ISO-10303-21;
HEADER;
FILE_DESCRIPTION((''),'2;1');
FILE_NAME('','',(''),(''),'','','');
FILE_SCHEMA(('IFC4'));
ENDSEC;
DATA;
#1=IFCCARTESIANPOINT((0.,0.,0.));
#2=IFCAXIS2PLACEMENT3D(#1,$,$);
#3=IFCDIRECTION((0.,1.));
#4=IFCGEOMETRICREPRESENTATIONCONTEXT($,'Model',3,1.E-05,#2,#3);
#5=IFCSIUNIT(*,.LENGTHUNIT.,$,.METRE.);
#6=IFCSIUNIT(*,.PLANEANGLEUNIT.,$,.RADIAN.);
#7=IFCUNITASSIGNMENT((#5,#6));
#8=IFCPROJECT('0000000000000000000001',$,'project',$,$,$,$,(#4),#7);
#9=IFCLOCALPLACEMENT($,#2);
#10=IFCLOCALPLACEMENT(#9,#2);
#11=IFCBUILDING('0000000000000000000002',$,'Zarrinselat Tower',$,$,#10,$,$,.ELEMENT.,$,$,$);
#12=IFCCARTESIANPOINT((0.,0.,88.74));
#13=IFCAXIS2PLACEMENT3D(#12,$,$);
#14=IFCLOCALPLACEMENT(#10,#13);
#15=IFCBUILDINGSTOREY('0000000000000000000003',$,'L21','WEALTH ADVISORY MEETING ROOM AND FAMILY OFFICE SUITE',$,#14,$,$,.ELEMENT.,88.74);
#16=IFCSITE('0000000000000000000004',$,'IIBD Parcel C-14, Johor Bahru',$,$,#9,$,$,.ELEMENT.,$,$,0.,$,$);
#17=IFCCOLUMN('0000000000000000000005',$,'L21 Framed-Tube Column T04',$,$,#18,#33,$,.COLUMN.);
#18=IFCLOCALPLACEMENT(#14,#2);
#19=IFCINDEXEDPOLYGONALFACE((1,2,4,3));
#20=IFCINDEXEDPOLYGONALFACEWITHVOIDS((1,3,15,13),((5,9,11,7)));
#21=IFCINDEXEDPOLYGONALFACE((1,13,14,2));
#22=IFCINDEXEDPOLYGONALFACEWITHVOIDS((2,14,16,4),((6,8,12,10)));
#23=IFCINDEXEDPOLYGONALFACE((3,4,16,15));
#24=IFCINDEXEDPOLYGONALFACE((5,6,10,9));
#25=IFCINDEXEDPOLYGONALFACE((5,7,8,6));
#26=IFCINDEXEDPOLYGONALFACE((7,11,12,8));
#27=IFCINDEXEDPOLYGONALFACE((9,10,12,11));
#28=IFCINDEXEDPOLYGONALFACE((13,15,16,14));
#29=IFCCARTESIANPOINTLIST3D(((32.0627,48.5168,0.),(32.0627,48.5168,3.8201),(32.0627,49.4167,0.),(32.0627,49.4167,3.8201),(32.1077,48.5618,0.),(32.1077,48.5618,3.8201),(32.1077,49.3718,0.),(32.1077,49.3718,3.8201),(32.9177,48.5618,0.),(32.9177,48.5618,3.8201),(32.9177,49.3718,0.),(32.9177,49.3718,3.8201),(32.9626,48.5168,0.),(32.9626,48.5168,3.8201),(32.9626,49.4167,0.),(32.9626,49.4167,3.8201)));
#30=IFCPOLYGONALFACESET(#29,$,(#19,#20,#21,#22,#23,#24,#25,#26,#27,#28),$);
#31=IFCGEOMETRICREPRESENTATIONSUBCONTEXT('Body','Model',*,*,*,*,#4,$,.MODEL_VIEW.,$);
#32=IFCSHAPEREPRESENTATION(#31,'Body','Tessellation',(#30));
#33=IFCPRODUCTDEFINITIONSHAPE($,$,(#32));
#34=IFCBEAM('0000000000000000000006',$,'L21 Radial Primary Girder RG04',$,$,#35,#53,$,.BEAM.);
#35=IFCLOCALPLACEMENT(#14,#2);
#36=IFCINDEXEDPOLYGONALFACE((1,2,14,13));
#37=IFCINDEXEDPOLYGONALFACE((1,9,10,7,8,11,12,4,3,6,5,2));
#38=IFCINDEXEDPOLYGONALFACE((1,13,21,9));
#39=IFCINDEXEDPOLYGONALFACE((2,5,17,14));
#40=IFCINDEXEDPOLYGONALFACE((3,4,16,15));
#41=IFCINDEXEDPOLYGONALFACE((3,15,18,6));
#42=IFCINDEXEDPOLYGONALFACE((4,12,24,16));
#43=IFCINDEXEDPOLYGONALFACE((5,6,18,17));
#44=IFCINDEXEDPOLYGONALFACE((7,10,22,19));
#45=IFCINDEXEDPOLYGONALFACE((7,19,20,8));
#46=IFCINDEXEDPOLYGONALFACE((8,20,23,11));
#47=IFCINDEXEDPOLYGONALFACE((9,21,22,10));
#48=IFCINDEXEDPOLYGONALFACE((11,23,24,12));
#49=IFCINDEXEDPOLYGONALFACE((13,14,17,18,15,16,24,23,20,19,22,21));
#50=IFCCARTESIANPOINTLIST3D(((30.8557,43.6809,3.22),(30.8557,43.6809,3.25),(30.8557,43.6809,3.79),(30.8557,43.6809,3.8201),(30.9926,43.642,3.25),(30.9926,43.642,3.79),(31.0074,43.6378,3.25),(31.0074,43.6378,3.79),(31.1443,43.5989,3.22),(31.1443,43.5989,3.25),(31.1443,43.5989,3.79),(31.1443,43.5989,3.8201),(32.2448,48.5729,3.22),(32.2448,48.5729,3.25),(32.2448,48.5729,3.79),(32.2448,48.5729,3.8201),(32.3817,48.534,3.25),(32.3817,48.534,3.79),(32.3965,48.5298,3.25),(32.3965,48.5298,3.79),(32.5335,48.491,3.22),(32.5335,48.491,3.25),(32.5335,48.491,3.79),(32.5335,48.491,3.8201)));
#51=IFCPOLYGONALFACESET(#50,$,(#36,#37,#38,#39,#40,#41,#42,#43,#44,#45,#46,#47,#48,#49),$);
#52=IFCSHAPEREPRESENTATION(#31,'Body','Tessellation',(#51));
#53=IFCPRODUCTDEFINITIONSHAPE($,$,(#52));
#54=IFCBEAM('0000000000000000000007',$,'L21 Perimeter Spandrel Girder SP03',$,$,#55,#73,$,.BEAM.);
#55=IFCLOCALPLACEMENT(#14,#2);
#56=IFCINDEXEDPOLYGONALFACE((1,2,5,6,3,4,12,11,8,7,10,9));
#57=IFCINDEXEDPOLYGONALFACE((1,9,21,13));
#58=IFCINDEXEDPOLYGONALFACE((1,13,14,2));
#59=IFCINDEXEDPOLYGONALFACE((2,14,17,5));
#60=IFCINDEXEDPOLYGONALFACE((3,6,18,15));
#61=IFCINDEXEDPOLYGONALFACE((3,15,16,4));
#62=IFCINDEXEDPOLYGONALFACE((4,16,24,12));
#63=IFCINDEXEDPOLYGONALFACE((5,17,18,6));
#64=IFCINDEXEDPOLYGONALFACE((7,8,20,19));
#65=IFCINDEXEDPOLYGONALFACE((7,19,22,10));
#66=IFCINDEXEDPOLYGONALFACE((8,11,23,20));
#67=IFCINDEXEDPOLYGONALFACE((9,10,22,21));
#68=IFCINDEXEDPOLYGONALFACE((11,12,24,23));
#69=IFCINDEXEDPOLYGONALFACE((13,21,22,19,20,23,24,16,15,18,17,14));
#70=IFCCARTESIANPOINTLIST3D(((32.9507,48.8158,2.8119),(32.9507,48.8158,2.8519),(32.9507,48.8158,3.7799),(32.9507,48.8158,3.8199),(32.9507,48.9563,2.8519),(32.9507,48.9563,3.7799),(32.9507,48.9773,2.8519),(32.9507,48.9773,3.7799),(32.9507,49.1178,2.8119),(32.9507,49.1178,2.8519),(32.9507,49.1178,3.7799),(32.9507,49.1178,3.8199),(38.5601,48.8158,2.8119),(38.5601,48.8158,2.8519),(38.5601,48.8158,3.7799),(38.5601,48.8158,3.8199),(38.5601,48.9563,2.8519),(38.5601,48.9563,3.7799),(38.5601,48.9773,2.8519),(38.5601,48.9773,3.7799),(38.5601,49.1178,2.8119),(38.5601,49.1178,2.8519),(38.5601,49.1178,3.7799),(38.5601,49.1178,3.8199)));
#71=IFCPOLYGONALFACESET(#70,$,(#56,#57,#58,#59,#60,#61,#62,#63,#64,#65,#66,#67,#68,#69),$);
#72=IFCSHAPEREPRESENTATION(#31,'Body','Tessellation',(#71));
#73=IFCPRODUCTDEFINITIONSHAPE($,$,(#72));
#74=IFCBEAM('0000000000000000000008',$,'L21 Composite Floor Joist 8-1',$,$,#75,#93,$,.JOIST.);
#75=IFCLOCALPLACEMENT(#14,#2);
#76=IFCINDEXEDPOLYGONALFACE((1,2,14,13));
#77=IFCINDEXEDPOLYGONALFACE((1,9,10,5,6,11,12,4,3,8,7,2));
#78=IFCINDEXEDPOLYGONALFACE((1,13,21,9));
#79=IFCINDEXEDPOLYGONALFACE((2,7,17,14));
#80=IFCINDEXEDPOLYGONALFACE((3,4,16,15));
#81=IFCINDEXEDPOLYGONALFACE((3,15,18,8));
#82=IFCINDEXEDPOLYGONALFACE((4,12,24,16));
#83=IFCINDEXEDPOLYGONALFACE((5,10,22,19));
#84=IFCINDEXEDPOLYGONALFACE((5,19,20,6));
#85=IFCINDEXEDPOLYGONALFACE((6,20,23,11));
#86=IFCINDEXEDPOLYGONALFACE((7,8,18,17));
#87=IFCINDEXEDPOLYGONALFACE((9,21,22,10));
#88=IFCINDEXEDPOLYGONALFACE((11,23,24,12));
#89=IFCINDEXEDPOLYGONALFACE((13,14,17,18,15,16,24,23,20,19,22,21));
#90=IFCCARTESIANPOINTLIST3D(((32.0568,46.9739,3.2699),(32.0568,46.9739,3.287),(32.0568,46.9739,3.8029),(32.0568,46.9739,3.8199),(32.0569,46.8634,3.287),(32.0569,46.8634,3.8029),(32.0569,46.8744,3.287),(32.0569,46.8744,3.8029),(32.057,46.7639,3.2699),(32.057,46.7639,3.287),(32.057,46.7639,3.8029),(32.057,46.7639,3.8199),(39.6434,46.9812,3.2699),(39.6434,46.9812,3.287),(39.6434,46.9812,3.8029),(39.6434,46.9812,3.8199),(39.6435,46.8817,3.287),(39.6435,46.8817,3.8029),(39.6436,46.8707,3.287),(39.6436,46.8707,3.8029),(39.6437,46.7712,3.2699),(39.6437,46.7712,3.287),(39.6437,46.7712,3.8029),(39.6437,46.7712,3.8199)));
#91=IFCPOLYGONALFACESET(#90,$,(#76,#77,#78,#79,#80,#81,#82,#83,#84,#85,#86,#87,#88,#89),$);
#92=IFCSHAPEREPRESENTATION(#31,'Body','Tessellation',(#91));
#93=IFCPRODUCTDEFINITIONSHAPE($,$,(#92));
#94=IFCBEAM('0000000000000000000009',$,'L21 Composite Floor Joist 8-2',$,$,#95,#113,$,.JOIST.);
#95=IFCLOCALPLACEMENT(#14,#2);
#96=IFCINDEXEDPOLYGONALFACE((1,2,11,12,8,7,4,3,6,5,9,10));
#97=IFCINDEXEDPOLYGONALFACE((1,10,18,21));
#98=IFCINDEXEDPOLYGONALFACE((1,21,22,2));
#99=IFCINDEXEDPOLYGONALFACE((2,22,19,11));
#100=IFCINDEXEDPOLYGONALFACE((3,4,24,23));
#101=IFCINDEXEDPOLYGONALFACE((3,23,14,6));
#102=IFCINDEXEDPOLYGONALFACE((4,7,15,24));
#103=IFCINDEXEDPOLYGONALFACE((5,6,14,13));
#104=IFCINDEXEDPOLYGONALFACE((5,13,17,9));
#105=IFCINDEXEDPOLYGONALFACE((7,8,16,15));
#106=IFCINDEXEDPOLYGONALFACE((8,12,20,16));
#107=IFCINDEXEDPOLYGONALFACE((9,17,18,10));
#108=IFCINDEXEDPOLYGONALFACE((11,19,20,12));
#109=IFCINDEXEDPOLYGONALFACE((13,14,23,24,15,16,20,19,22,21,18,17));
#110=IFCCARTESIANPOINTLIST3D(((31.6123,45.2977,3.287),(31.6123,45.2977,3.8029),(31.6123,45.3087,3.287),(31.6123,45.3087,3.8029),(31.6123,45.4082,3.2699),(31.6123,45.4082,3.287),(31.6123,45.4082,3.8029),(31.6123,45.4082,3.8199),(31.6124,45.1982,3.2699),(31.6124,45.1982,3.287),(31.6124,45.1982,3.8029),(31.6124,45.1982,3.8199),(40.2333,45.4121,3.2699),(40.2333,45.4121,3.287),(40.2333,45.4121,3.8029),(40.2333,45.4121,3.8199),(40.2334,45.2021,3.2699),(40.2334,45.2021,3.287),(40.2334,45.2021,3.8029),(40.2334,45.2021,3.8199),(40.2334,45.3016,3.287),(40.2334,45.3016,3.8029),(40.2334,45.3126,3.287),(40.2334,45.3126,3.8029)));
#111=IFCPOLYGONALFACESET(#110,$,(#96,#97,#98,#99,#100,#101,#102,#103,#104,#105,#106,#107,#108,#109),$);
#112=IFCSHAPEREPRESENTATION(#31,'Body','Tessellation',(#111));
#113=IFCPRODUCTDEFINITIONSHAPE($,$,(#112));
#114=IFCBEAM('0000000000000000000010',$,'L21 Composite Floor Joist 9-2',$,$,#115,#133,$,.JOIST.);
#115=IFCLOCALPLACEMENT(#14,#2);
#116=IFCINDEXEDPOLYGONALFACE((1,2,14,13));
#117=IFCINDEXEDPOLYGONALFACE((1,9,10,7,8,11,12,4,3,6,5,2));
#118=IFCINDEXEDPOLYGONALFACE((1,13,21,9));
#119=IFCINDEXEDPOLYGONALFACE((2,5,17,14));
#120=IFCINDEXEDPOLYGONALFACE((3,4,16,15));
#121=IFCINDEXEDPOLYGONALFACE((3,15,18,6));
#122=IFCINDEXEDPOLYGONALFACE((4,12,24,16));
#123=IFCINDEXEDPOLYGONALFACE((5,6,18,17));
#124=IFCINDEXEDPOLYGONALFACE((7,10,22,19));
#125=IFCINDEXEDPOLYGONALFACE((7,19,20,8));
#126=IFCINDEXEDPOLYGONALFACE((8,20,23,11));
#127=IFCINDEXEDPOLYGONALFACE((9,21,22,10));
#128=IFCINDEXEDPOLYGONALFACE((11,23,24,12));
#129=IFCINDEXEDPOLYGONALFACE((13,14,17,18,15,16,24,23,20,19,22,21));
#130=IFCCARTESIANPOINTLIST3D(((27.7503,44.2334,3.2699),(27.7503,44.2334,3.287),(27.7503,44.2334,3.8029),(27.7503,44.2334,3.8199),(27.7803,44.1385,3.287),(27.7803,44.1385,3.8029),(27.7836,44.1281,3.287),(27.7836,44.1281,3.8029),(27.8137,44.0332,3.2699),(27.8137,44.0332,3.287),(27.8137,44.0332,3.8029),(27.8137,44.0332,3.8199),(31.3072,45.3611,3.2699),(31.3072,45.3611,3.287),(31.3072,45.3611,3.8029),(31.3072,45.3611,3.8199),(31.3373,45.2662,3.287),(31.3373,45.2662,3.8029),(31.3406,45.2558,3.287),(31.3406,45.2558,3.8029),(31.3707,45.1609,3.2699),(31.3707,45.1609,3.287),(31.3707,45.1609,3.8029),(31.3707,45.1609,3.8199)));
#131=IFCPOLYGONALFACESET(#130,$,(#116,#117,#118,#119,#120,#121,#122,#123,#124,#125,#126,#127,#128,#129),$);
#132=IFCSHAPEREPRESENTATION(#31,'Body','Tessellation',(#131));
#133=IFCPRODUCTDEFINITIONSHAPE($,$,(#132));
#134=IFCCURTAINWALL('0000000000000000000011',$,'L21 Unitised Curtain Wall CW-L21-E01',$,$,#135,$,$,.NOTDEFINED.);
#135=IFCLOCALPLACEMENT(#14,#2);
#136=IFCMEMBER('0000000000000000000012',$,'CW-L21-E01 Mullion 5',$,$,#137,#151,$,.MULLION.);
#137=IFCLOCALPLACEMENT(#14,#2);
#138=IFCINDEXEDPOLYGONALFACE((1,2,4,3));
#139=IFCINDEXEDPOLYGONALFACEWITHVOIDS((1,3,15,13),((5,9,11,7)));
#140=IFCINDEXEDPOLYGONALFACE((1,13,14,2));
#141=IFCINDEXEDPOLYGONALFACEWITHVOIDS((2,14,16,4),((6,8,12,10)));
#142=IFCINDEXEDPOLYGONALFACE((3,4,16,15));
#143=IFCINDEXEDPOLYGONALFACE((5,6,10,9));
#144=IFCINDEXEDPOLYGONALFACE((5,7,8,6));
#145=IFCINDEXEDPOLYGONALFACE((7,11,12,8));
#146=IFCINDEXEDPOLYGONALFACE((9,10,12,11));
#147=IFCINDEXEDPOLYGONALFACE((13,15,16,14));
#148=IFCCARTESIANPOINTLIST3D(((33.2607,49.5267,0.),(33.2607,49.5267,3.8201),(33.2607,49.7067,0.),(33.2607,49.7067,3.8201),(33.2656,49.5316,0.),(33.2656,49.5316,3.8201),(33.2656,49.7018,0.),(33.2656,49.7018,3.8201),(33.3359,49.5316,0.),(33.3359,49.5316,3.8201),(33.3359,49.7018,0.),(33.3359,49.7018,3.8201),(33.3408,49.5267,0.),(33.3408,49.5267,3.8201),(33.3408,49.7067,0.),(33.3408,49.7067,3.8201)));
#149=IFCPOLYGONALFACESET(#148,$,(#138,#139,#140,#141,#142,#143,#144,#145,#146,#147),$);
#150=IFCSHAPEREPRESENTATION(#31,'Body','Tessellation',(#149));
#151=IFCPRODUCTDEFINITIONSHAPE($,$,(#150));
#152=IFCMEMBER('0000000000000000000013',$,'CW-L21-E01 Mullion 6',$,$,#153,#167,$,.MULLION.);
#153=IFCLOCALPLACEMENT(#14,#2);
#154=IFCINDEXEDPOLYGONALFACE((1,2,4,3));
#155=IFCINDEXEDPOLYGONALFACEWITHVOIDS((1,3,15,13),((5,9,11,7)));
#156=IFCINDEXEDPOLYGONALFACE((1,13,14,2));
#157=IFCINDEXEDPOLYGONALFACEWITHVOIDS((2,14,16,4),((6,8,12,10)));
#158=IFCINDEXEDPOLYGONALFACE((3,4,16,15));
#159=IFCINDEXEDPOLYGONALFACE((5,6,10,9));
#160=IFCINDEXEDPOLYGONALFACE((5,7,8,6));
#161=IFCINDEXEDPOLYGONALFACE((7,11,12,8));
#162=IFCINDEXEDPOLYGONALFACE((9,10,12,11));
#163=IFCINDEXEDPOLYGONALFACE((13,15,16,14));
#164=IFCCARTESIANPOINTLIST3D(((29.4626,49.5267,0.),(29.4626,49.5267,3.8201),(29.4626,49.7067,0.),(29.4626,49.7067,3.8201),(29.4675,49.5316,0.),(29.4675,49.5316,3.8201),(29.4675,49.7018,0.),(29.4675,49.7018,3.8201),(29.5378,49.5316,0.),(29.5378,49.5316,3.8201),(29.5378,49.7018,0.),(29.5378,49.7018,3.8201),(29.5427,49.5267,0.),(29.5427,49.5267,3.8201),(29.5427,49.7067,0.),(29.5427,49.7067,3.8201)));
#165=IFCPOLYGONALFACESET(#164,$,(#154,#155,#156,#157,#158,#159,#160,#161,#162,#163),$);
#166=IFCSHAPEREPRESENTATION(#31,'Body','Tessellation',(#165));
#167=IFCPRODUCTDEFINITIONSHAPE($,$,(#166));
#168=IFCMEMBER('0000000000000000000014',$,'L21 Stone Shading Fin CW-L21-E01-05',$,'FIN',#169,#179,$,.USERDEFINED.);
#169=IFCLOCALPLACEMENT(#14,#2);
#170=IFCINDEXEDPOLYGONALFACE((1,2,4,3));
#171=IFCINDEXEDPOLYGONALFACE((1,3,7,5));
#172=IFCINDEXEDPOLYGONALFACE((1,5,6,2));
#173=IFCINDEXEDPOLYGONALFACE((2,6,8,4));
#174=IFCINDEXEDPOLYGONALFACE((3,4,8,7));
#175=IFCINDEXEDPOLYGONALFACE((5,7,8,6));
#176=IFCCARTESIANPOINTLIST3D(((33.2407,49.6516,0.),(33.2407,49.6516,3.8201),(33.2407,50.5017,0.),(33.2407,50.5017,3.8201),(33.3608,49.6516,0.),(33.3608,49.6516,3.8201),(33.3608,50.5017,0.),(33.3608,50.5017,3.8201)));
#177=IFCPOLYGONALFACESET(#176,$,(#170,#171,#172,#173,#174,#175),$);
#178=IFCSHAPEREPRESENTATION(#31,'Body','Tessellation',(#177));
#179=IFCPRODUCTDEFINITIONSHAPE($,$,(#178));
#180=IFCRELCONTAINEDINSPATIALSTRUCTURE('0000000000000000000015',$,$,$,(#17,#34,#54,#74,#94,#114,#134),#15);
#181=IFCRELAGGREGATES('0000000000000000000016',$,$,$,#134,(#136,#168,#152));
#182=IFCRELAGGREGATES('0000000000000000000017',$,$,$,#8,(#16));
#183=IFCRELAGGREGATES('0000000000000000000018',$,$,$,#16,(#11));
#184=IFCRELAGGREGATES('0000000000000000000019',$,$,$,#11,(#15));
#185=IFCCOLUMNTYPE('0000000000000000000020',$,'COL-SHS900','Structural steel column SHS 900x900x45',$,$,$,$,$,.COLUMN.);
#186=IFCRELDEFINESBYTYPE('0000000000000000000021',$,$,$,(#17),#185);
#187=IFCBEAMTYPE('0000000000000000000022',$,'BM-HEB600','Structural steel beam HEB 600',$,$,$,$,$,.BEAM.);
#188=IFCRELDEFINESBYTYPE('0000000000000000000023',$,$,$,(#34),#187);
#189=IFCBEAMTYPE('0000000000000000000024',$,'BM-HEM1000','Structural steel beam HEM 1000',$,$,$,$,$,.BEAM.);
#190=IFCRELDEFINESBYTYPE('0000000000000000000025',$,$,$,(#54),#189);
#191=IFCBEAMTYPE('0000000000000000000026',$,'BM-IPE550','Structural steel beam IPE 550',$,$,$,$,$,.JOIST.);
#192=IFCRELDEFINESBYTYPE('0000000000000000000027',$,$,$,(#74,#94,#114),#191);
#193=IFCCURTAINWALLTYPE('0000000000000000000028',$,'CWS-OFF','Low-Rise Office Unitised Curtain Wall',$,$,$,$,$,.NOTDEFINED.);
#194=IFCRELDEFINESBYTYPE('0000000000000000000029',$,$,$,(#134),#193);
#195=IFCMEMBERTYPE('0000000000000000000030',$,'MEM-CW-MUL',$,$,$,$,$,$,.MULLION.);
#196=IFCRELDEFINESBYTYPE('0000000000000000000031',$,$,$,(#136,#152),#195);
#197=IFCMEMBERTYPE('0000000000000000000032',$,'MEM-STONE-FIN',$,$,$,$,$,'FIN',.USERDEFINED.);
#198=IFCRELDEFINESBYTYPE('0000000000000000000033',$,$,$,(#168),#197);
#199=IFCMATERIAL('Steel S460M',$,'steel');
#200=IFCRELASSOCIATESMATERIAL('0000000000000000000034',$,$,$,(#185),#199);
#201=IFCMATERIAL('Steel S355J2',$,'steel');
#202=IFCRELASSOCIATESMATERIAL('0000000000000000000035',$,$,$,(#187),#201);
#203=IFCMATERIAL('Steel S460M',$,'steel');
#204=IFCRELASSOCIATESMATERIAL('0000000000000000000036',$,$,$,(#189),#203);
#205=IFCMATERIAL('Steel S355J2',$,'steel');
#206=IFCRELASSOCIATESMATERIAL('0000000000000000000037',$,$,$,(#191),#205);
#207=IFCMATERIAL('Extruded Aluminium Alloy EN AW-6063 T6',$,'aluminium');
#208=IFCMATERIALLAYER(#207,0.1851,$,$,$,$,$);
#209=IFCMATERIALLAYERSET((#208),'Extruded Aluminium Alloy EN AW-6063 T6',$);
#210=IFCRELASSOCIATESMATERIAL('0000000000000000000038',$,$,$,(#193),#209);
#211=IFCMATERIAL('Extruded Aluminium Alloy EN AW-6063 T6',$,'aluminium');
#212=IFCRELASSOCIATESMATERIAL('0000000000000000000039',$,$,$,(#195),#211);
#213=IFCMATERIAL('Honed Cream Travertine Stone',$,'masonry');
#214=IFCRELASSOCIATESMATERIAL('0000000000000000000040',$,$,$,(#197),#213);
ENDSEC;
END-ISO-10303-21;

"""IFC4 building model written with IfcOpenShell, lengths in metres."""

from ifc_helpers import new_model, si_unit, direction, frame, origin, origin_2d, place, context, subcontext, project, spatial, rectangle, hollow_rectangle, i_section, extrude, material, layer, layer_set, material_profile, profile_set, type_object, element, aggregate, save


model = new_model("IFC4")

# Units and contexts
model_context = context("Model", 3, precision=1e-05, world=origin(), true_north=direction((0.0, 1.0)))
body_context = subcontext(model_context, "Body", "Model", "MODEL_VIEW")
ifc_project = project(units=[si_unit("LENGTHUNIT", "METRE"), si_unit("PLANEANGLEUNIT", "RADIAN")], contexts=[model_context])

# Site, building, storey
site_placement = place(None, origin())
site = spatial("IfcSite", under=ifc_project, at=site_placement, Name="IIBD Parcel C-14, Johor Bahru", CompositionType="ELEMENT", RefElevation=0.0)
building_placement = place(site_placement, origin())
building = spatial("IfcBuilding", under=site, at=building_placement, Name="Zarrinselat Tower", CompositionType="ELEMENT")
storey_placement = place(building_placement, frame((0.0, 0.0, 88.74)))
storey = spatial("IfcBuildingStorey", under=building, at=storey_placement, Name="L21", Description="WEALTH ADVISORY MEETING ROOM AND FAMILY OFFICE SUITE", CompositionType="ELEMENT", Elevation=88.74)

# Column
ifc_material_1 = material(Name="Steel S460M", Category="steel")
ifc_material_profile_1 = material_profile(ifc_material_1, hollow_rectangle(XDim=0.8999, YDim=0.8999, WallThickness=0.0449, at=origin_2d()), Name="SHS 900x900x45")
ifc_profile_set_1 = profile_set([ifc_material_profile_1], Name="Steel S460M")
column_type = type_object("IfcColumnType", Name="COL-SHS900", Description="Structural steel column SHS 900x900x45", PredefinedType="COLUMN", material=ifc_profile_set_1)
column_placement = place(storey_placement, frame((32.5127, 48.9668, 0.0), z_axis=(0.0, 0.0, 1.0), x_axis=(1.0, 0.0, 0.0)))
element("IfcColumn", 1, at=column_placement, inside=storey, type_object=column_type, Name="L21 Framed-Tube Column T04", PredefinedType="COLUMN", context=body_context, shape_type="SweptSolid", body=[
    extrude(hollow_rectangle(XDim=0.8999, YDim=0.8999, WallThickness=0.0449, at=origin_2d()), origin(), (0.0, 0.0, 1.0), 3.8201),
])

# Beams
ifc_material_2 = material(Name="Steel S355J2", Category="steel")
ifc_material_profile_2 = material_profile(ifc_material_2, i_section(OverallWidth=0.3, OverallDepth=0.6001, WebThickness=0.0154, FlangeThickness=0.03, at=origin_2d()), Name="HEB 600")
ifc_profile_set_2 = profile_set([ifc_material_profile_2], Name="Steel S355J2")
beam_type_1 = type_object("IfcBeamType", Name="BM-HEB600", Description="Structural steel beam HEB 600", PredefinedType="BEAM", material=ifc_profile_set_2)
beam_1_placement = place(storey_placement, frame((31.0, 43.6399, 3.52), z_axis=(0.273161, 0.961968, 0.0), x_axis=(-0.961968, 0.273161, 0.0)))
element("IfcBeam", 2, at=beam_1_placement, inside=storey, type_object=beam_type_1, Name="L21 Radial Primary Girder RG04", PredefinedType="BEAM", context=body_context, shape_type="SweptSolid", body=[
    extrude(i_section(OverallWidth=0.3, OverallDepth=0.6001, WebThickness=0.0154, FlangeThickness=0.03, at=origin_2d()), origin(), (0.0, 0.0, 1.0), 5.0854),
])
ifc_material_3 = material(Name="Steel S460M", Category="steel")
ifc_material_profile_3 = material_profile(ifc_material_3, i_section(OverallWidth=0.302, OverallDepth=1.0081, WebThickness=0.021, FlangeThickness=0.04, at=origin_2d()), Name="HEM 1000")
ifc_profile_set_3 = profile_set([ifc_material_profile_3], Name="Steel S460M")
beam_type_2 = type_object("IfcBeamType", Name="BM-HEM1000", Description="Structural steel beam HEM 1000", PredefinedType="BEAM", material=ifc_profile_set_3)
beam_2_placement = place(storey_placement, frame((32.9507, 48.9668, 3.3159), z_axis=(1.0, 0.0, 0.0), x_axis=(0.0, 1.0, 0.0)))
element("IfcBeam", 3, at=beam_2_placement, inside=storey, type_object=beam_type_2, Name="L21 Perimeter Spandrel Girder SP03", PredefinedType="BEAM", context=body_context, shape_type="SweptSolid", body=[
    extrude(i_section(OverallWidth=0.302, OverallDepth=1.0081, WebThickness=0.021, FlangeThickness=0.04, at=origin_2d()), origin(), (0.0, 0.0, 1.0), 5.6094),
])
ifc_material_4 = material(Name="Steel S355J2", Category="steel")
ifc_material_profile_4 = material_profile(ifc_material_4, i_section(OverallWidth=0.21, OverallDepth=0.55, WebThickness=0.011, FlangeThickness=0.0171, at=origin_2d()), Name="IPE 550")
ifc_profile_set_4 = profile_set([ifc_material_profile_4], Name="Steel S355J2")
beam_type_3 = type_object("IfcBeamType", Name="BM-IPE550", Description="Structural steel beam IPE 550", PredefinedType="JOIST", material=ifc_profile_set_4)
beam_3_placement = place(storey_placement, frame((32.0569, 46.8689, 3.5449), z_axis=(1.0, 0.000965, 0.0), x_axis=(-0.000965, 1.0, 0.0)))
element("IfcBeam", 4, at=beam_3_placement, inside=storey, type_object=beam_type_3, Name="L21 Composite Floor Joist 8-1", PredefinedType="JOIST", context=body_context, shape_type="SweptSolid", body=[
    extrude(i_section(OverallWidth=0.21, OverallDepth=0.55, WebThickness=0.011, FlangeThickness=0.0171, at=origin_2d()), origin(), (0.0, 0.0, 1.0), 7.5867),
])
beam_4_placement = place(storey_placement, frame((31.6123, 45.3032, 3.5449), z_axis=(1.0, 0.000453, 0.0), x_axis=(-0.000453, 1.0, 0.0)))
element("IfcBeam", 5, at=beam_4_placement, inside=storey, type_object=beam_type_3, Name="L21 Composite Floor Joist 8-2", PredefinedType="JOIST", context=body_context, shape_type="SweptSolid", body=[
    extrude(i_section(OverallWidth=0.21, OverallDepth=0.55, WebThickness=0.011, FlangeThickness=0.0171, at=origin_2d()), origin(), (0.0, 0.0, 1.0), 8.6211),
])
beam_5_placement = place(storey_placement, frame((27.782, 44.1333, 3.5449), z_axis=(0.953239, 0.302218, 0.0), x_axis=(-0.302218, 0.953239, 0.0)))
element("IfcBeam", 6, at=beam_5_placement, inside=storey, type_object=beam_type_3, Name="L21 Composite Floor Joist 9-2", PredefinedType="JOIST", context=body_context, shape_type="SweptSolid", body=[
    extrude(i_section(OverallWidth=0.21, OverallDepth=0.55, WebThickness=0.011, FlangeThickness=0.0171, at=origin_2d()), origin(), (0.0, 0.0, 1.0), 3.7314),
])

# Curtain wall, members
ifc_material_5 = material(Name="Extruded Aluminium Alloy EN AW-6063 T6", Category="aluminium")
ifc_layer_1 = layer(ifc_material_5, 0.1851)
ifc_layer_set_1 = layer_set([ifc_layer_1], Name="Extruded Aluminium Alloy EN AW-6063 T6")
curtain_wall_type = type_object("IfcCurtainWallType", Name="CWS-OFF", Description="Low-Rise Office Unitised Curtain Wall", PredefinedType="NOTDEFINED", material=ifc_layer_set_1)
curtain_wall_placement = place(storey_placement, origin())
curtain_wall = element("IfcCurtainWall", 7, at=curtain_wall_placement, inside=storey, type_object=curtain_wall_type, Name="L21 Unitised Curtain Wall CW-L21-E01", PredefinedType="NOTDEFINED")
ifc_material_6 = material(Name="Extruded Aluminium Alloy EN AW-6063 T6", Category="aluminium")
ifc_material_profile_5 = material_profile(ifc_material_6, hollow_rectangle(XDim=0.0801, YDim=0.1799, WallThickness=0.0049, at=origin_2d()), Name="RHS 180x80x5")
ifc_profile_set_5 = profile_set([ifc_material_profile_5], Name="Extruded Aluminium Alloy EN AW-6063 T6")
member_type_1 = type_object("IfcMemberType", Name="MEM-CW-MUL", PredefinedType="MULLION", material=ifc_profile_set_5)
member_1_placement = place(storey_placement, frame((33.3008, 49.6167, 0.0), z_axis=(0.0, 0.0, 1.0), x_axis=(-1.0, 0.0, 0.0)))
member_1 = element("IfcMember", 8, at=member_1_placement, type_object=member_type_1, Name="CW-L21-E01 Mullion 5", PredefinedType="MULLION", context=body_context, shape_type="SweptSolid", body=[
    extrude(hollow_rectangle(XDim=0.0801, YDim=0.1799, WallThickness=0.0049, at=origin_2d()), origin(), (0.0, 0.0, 1.0), 3.8201),
])
member_2_placement = place(storey_placement, frame((29.5027, 49.6167, 0.0), z_axis=(0.0, 0.0, 1.0), x_axis=(-1.0, 0.0, 0.0)))
member_2 = element("IfcMember", 9, at=member_2_placement, type_object=member_type_1, Name="CW-L21-E01 Mullion 6", PredefinedType="MULLION", context=body_context, shape_type="SweptSolid", body=[
    extrude(hollow_rectangle(XDim=0.0801, YDim=0.1799, WallThickness=0.0049, at=origin_2d()), origin(), (0.0, 0.0, 1.0), 3.8201),
])
ifc_material_7 = material(Name="Honed Cream Travertine Stone", Category="masonry")
ifc_material_profile_6 = material_profile(ifc_material_7, rectangle(XDim=0.1201, YDim=0.8501, at=origin_2d()), Name="FIN 850x120")
ifc_profile_set_6 = profile_set([ifc_material_profile_6], Name="Honed Cream Travertine Stone")
member_type_2 = type_object("IfcMemberType", Name="MEM-STONE-FIN", ElementType="FIN", PredefinedType="USERDEFINED", material=ifc_profile_set_6)
member_3_placement = place(storey_placement, frame((33.3008, 50.0767, 0.0), z_axis=(0.0, 0.0, 1.0), x_axis=(1.0, 0.0, 0.0)))
member_3 = element("IfcMember", 10, at=member_3_placement, type_object=member_type_2, Name="L21 Stone Shading Fin CW-L21-E01-05", ObjectType="FIN", PredefinedType="USERDEFINED", context=body_context, shape_type="SweptSolid", body=[
    extrude(rectangle(XDim=0.1201, YDim=0.8501, at=origin_2d()), origin(), (0.0, 0.0, 1.0), 3.8201),
])
aggregate(curtain_wall, [member_1, member_3, member_2])

save(model, "model.ifc")
